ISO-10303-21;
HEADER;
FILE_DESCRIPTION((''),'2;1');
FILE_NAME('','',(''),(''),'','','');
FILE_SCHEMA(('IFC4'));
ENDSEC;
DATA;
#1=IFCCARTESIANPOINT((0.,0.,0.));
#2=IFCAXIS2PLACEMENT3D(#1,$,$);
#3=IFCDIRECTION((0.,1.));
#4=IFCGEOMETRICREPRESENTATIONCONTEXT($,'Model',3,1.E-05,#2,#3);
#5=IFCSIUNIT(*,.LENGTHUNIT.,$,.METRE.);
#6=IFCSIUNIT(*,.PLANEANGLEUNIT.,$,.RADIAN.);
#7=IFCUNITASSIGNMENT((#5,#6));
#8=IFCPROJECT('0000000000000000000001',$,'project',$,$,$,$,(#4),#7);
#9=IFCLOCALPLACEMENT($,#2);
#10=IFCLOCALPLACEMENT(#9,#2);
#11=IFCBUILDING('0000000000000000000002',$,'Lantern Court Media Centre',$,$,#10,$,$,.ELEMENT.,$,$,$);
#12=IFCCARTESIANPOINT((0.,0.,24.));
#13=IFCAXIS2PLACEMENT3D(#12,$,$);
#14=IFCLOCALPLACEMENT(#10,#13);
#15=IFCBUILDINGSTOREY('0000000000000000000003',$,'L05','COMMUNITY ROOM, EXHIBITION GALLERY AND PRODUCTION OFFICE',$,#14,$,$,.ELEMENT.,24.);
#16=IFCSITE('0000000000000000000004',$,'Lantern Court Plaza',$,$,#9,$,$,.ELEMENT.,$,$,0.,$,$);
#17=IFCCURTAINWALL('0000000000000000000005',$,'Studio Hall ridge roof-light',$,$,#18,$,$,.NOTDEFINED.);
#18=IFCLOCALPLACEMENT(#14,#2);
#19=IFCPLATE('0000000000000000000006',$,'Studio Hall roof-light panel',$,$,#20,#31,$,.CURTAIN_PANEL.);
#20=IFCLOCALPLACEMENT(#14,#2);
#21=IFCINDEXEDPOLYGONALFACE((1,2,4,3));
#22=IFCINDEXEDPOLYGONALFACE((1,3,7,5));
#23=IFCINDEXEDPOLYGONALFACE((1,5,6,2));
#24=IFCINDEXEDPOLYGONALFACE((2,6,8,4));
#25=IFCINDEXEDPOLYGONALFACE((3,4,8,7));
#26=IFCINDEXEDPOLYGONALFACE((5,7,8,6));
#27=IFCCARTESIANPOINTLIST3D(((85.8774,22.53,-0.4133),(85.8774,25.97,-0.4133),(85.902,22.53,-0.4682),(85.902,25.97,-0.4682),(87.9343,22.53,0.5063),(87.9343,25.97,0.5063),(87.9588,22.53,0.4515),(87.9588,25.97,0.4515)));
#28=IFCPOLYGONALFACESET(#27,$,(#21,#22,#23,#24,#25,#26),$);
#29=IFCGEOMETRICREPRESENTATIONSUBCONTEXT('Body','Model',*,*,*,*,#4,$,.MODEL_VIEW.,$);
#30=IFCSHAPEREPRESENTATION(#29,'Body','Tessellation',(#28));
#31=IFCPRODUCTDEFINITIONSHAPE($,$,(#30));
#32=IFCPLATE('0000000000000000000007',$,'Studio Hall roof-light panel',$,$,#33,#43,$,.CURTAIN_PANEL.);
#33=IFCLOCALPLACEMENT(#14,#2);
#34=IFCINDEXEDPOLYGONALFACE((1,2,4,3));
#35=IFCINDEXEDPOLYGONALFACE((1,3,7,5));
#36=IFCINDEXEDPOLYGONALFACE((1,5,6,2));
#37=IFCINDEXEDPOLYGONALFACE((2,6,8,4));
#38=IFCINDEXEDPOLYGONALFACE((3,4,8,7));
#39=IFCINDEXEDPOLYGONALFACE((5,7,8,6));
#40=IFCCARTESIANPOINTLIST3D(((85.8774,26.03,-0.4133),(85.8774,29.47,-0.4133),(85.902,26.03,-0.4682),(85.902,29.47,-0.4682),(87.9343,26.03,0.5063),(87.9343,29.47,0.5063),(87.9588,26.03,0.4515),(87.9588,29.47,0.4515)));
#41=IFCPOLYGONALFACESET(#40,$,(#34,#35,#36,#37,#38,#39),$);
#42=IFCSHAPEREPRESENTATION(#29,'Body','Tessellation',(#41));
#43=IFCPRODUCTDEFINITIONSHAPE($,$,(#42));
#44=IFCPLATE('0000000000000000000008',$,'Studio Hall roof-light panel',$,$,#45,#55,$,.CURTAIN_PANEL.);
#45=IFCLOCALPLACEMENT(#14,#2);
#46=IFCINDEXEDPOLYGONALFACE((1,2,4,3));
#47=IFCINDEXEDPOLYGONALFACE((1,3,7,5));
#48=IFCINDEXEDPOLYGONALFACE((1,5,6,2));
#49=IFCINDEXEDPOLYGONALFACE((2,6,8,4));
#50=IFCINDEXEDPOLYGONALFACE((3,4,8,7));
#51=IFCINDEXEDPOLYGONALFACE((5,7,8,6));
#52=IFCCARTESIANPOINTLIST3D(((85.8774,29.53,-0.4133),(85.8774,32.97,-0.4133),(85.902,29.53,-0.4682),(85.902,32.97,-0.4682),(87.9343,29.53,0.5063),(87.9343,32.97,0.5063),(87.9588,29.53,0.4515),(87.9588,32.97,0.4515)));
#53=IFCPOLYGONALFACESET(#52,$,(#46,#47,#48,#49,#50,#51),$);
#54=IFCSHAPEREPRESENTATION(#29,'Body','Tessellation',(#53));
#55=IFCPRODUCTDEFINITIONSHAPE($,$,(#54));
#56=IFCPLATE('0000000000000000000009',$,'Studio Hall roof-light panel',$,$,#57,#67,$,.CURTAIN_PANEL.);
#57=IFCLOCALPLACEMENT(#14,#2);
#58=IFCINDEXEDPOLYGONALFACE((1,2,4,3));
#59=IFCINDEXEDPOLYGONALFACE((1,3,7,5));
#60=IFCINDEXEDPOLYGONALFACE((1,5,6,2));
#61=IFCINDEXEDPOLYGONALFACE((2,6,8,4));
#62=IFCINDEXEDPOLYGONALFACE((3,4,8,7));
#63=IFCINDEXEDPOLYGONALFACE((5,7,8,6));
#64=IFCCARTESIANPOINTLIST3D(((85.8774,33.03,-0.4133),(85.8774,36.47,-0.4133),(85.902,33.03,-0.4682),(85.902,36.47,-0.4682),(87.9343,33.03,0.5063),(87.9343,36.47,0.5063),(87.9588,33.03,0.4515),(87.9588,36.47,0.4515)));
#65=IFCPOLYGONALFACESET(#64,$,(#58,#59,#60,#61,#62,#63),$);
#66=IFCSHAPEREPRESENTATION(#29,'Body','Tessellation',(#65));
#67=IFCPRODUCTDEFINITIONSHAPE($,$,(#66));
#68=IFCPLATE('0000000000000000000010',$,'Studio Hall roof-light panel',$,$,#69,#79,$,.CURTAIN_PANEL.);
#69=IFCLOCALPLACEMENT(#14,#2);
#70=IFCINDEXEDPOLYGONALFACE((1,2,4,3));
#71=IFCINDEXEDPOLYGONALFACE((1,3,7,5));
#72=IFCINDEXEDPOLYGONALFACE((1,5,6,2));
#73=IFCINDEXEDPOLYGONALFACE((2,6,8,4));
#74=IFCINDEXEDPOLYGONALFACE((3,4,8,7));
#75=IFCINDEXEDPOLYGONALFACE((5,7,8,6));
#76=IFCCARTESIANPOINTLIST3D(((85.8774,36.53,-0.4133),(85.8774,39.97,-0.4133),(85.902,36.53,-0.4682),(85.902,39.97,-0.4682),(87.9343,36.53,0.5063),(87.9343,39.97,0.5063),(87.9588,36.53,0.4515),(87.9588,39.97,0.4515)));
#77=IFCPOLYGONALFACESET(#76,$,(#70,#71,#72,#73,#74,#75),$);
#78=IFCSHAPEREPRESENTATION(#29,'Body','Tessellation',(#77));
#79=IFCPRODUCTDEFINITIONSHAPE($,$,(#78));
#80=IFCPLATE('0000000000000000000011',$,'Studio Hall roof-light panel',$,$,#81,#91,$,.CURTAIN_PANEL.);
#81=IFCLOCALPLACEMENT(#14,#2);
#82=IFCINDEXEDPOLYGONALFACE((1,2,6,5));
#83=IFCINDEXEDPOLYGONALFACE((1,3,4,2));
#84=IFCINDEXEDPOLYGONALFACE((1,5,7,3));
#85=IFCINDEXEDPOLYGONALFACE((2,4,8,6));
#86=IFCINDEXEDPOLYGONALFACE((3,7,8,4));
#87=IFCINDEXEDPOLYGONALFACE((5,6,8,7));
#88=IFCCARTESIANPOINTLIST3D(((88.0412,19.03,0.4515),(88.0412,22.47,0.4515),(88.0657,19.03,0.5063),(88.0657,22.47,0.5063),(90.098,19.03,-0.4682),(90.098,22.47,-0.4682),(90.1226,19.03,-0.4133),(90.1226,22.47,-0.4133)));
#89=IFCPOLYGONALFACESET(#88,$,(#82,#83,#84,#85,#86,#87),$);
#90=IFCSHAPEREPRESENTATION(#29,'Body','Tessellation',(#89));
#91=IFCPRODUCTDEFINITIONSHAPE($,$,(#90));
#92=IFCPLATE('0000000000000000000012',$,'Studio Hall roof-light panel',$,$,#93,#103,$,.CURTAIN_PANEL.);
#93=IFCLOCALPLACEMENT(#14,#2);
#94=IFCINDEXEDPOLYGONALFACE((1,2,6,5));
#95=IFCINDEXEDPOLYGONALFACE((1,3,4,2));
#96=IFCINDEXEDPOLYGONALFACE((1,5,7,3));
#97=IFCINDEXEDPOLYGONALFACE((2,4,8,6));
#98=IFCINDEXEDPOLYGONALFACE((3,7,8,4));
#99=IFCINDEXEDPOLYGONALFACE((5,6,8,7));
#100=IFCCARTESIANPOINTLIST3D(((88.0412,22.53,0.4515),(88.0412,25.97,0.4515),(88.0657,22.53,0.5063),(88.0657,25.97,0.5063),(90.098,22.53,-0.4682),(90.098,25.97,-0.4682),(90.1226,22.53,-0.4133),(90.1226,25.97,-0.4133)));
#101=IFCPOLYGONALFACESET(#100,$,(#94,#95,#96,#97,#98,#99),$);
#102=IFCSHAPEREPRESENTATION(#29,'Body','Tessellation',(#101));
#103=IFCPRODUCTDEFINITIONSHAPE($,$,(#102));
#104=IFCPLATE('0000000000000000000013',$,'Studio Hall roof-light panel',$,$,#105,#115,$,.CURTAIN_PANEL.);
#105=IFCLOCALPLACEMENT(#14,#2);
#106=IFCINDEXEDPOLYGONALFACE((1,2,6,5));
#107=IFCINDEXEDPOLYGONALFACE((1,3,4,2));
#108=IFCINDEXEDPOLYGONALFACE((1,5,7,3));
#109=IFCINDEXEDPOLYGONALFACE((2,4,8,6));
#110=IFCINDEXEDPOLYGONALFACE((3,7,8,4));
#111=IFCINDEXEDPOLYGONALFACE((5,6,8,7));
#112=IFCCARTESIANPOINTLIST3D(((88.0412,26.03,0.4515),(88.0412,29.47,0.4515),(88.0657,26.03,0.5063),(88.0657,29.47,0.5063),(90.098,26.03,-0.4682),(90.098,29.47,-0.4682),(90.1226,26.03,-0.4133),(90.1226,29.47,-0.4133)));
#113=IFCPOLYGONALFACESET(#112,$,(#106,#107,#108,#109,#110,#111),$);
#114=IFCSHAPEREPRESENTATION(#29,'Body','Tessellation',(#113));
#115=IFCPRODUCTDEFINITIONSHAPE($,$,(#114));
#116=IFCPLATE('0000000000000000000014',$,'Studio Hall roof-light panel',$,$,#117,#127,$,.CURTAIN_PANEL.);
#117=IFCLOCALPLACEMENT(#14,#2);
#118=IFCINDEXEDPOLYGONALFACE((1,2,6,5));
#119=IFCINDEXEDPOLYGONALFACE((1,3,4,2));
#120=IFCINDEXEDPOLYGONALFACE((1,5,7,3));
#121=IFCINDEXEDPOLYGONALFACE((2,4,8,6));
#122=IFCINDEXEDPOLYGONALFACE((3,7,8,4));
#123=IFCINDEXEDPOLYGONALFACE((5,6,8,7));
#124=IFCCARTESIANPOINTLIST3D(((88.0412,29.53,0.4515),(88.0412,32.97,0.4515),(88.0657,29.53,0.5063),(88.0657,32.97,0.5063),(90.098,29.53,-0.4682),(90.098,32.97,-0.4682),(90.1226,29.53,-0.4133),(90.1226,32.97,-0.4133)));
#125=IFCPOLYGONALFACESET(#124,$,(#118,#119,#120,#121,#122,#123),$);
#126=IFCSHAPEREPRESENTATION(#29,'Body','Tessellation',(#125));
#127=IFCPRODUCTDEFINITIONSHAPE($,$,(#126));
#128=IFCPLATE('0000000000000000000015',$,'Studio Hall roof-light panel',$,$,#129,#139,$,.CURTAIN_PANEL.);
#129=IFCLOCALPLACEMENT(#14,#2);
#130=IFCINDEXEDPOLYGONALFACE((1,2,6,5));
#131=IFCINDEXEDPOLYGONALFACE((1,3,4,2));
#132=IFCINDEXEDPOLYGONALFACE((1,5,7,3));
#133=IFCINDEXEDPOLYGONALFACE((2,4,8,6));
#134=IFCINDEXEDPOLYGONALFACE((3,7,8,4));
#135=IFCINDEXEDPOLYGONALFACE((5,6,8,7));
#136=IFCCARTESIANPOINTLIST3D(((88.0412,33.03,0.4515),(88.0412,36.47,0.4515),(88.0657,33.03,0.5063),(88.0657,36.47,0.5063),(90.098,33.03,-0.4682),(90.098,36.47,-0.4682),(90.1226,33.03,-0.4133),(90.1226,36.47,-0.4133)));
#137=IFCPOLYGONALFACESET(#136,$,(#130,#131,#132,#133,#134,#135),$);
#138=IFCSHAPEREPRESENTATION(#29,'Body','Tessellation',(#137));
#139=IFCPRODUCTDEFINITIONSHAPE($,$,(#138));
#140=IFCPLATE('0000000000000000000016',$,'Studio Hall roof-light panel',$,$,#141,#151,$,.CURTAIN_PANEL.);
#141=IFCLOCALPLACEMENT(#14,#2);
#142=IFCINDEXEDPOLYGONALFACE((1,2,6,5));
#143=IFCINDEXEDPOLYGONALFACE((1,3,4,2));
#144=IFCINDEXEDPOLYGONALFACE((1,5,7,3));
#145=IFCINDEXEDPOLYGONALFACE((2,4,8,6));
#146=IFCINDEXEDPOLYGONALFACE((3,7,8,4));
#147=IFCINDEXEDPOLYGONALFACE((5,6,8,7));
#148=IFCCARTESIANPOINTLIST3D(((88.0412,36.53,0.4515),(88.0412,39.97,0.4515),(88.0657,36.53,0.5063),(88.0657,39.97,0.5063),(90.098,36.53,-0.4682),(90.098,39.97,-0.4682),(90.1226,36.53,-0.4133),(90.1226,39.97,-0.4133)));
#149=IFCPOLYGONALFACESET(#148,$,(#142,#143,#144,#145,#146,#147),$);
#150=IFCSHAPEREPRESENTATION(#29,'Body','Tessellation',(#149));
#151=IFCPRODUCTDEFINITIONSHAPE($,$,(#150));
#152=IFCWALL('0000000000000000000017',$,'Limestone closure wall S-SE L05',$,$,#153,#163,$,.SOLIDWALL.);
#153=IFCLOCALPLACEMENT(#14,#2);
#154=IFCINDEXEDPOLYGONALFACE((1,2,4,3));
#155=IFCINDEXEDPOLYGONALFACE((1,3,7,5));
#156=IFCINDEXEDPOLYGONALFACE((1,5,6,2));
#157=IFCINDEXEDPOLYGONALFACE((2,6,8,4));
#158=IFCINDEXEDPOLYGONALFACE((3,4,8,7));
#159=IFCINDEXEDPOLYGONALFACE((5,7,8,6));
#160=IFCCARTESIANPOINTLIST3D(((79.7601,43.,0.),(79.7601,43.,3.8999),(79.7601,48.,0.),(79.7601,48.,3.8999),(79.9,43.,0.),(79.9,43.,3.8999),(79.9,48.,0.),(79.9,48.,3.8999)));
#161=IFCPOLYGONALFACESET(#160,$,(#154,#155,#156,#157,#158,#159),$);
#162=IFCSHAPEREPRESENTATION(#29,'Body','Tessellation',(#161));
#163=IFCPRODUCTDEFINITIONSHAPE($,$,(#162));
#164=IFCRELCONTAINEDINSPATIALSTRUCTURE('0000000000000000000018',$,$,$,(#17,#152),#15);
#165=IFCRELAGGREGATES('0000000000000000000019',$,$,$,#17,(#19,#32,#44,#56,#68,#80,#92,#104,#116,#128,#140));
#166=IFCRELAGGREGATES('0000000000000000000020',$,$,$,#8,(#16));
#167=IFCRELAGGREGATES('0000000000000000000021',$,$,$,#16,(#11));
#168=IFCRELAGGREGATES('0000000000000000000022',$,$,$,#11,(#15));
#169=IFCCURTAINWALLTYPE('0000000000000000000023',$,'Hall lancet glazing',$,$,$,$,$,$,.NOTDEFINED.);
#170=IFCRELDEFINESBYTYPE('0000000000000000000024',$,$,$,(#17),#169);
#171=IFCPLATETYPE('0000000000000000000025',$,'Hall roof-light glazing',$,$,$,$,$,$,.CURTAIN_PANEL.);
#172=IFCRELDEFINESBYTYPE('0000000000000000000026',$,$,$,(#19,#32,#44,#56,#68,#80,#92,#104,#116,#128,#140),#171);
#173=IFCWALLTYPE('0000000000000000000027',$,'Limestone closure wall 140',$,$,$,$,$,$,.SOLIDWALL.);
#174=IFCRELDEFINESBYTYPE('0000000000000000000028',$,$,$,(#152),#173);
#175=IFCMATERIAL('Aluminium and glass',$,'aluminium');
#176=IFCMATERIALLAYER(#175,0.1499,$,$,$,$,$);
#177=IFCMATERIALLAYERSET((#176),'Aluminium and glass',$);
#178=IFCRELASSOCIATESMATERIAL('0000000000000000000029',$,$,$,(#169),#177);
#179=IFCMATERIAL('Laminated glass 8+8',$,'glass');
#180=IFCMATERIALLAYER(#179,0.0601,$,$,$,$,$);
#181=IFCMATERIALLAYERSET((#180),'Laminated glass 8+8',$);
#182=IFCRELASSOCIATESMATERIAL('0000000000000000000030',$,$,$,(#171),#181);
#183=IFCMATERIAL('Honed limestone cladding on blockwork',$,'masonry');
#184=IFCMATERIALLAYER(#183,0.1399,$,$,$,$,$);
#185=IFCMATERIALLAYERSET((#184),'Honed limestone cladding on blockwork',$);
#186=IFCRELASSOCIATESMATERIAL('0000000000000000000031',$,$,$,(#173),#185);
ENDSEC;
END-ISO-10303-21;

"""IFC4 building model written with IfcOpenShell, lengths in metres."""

from ifc_helpers import new_model, si_unit, direction, frame, frame_2d, origin, place, context, subcontext, project, spatial, polyline, rectangle, outline, extrude, material, layer, layer_set, type_object, element, aggregate, save


model = new_model("IFC4")

# Units and contexts
model_context = context("Model", 3, precision=1e-05, world=origin(), true_north=direction((0.0, 1.0)))
body_context = subcontext(model_context, "Body", "Model", "MODEL_VIEW")
ifc_project = project(units=[si_unit("LENGTHUNIT", "METRE"), si_unit("PLANEANGLEUNIT", "RADIAN")], contexts=[model_context])

# Site, building, storey
site_placement = place(None, origin())
site = spatial("IfcSite", under=ifc_project, at=site_placement, Name="Lantern Court Plaza", CompositionType="ELEMENT", RefElevation=0.0)
building_placement = place(site_placement, origin())
building = spatial("IfcBuilding", under=site, at=building_placement, Name="Lantern Court Media Centre", CompositionType="ELEMENT")
storey_placement = place(building_placement, frame((0.0, 0.0, 24.0)))
storey = spatial("IfcBuildingStorey", under=building, at=storey_placement, Name="L05", Description="COMMUNITY ROOM, EXHIBITION GALLERY AND PRODUCTION OFFICE", CompositionType="ELEMENT", Elevation=24.0)

# Curtain wall, plates
ifc_material_1 = material(Name="Aluminium and glass", Category="aluminium")
ifc_layer_1 = layer(ifc_material_1, 0.1499)
ifc_layer_set_1 = layer_set([ifc_layer_1], Name="Aluminium and glass")
curtain_wall_type = type_object("IfcCurtainWallType", Name="Hall lancet glazing", PredefinedType="NOTDEFINED", material=ifc_layer_set_1)
curtain_wall_placement = place(storey_placement, origin())
curtain_wall = element("IfcCurtainWall", 1, at=curtain_wall_placement, inside=storey, type_object=curtain_wall_type, Name="Studio Hall ridge roof-light", PredefinedType="NOTDEFINED")
placement = place(building_placement, frame((0.0, 0.0, 19.2)))
ifc_material_2 = material(Name="Laminated glass 8+8", Category="glass")
ifc_layer_2 = layer(ifc_material_2, 0.0601)
ifc_layer_set_2 = layer_set([ifc_layer_2], Name="Laminated glass 8+8")
plate_type = type_object("IfcPlateType", Name="Hall roof-light glazing", PredefinedType="CURTAIN_PANEL", material=ifc_layer_set_2)
plate_1_placement = place(placement, frame((85.8774, 22.53, 4.3867), z_axis=(-0.408178, 0.0, 0.912902), x_axis=(0.912902, 0.0, 0.408178)))
plate_1 = element("IfcPlate", 2, at=plate_1_placement, type_object=plate_type, Name="Studio Hall roof-light panel", PredefinedType="CURTAIN_PANEL", context=body_context, shape_type="SweptSolid", body=[
    extrude(outline(polyline([(0.0, 0.0), (2.2531, 0.0), (2.2531, 3.4399), (0.0, 3.4399), (0.0, 0.0)])), origin(), (0.0, 0.0, -1.0), 0.0601),
])
plate_2_placement = place(placement, frame((85.8774, 26.03, 4.3867), z_axis=(-0.408178, 0.0, 0.912902), x_axis=(0.912902, 0.0, 0.408178)))
plate_2 = element("IfcPlate", 3, at=plate_2_placement, type_object=plate_type, Name="Studio Hall roof-light panel", PredefinedType="CURTAIN_PANEL", context=body_context, shape_type="SweptSolid", body=[
    extrude(outline(polyline([(0.0, 0.0), (2.2531, 0.0), (2.2531, 3.4399), (0.0, 3.4399), (0.0, 0.0)])), origin(), (0.0, 0.0, -1.0), 0.0601),
])
plate_3_placement = place(placement, frame((85.8774, 29.53, 4.3867), z_axis=(-0.408178, 0.0, 0.912902), x_axis=(0.912902, 0.0, 0.408178)))
plate_3 = element("IfcPlate", 4, at=plate_3_placement, type_object=plate_type, Name="Studio Hall roof-light panel", PredefinedType="CURTAIN_PANEL", context=body_context, shape_type="SweptSolid", body=[
    extrude(outline(polyline([(0.0, 0.0), (2.2531, 0.0), (2.2531, 3.4399), (0.0, 3.4399), (0.0, 0.0)])), origin(), (0.0, 0.0, -1.0), 0.0601),
])
plate_4_placement = place(placement, frame((85.8774, 33.03, 4.3867), z_axis=(-0.408178, 0.0, 0.912902), x_axis=(0.912902, 0.0, 0.408178)))
plate_4 = element("IfcPlate", 5, at=plate_4_placement, type_object=plate_type, Name="Studio Hall roof-light panel", PredefinedType="CURTAIN_PANEL", context=body_context, shape_type="SweptSolid", body=[
    extrude(outline(polyline([(0.0, 0.0), (2.2531, 0.0), (2.2531, 3.4399), (0.0, 3.4399), (0.0, 0.0)])), origin(), (0.0, 0.0, -1.0), 0.0601),
])
plate_5_placement = place(placement, frame((85.8774, 36.53, 4.3867), z_axis=(-0.408178, 0.0, 0.912902), x_axis=(0.912902, 0.0, 0.408178)))
plate_5 = element("IfcPlate", 6, at=plate_5_placement, type_object=plate_type, Name="Studio Hall roof-light panel", PredefinedType="CURTAIN_PANEL", context=body_context, shape_type="SweptSolid", body=[
    extrude(outline(polyline([(0.0, 0.0), (2.2531, 0.0), (2.2531, 3.4399), (0.0, 3.4399), (0.0, 0.0)])), origin(), (0.0, 0.0, -1.0), 0.0601),
])
plate_6_placement = place(storey_placement, frame((88.0657, 19.03, 0.5063), z_axis=(0.408178, 0.0, 0.912902), x_axis=(0.912902, 0.0, -0.408178)))
plate_6 = element("IfcPlate", 7, at=plate_6_placement, type_object=plate_type, Name="Studio Hall roof-light panel", PredefinedType="CURTAIN_PANEL", context=body_context, shape_type="SweptSolid", body=[
    extrude(outline(polyline([(0.0, 0.0), (2.2531, 0.0), (2.2531, 3.4399), (0.0, 3.4399), (0.0, 0.0)])), origin(), (0.0, 0.0, -1.0), 0.0601),
])
plate_7_placement = place(storey_placement, frame((88.0657, 22.53, 0.5063), z_axis=(0.408178, 0.0, 0.912902), x_axis=(0.912902, 0.0, -0.408178)))
plate_7 = element("IfcPlate", 8, at=plate_7_placement, type_object=plate_type, Name="Studio Hall roof-light panel", PredefinedType="CURTAIN_PANEL", context=body_context, shape_type="SweptSolid", body=[
    extrude(outline(polyline([(0.0, 0.0), (2.2531, 0.0), (2.2531, 3.4399), (0.0, 3.4399), (0.0, 0.0)])), origin(), (0.0, 0.0, -1.0), 0.0601),
])
plate_8_placement = place(storey_placement, frame((88.0657, 26.03, 0.5063), z_axis=(0.408178, 0.0, 0.912902), x_axis=(0.912902, 0.0, -0.408178)))
plate_8 = element("IfcPlate", 9, at=plate_8_placement, type_object=plate_type, Name="Studio Hall roof-light panel", PredefinedType="CURTAIN_PANEL", context=body_context, shape_type="SweptSolid", body=[
    extrude(outline(polyline([(0.0, 0.0), (2.2531, 0.0), (2.2531, 3.4399), (0.0, 3.4399), (0.0, 0.0)])), origin(), (0.0, 0.0, -1.0), 0.0601),
])
plate_9_placement = place(storey_placement, frame((88.0657, 29.53, 0.5063), z_axis=(0.408178, 0.0, 0.912902), x_axis=(0.912902, 0.0, -0.408178)))
plate_9 = element("IfcPlate", 10, at=plate_9_placement, type_object=plate_type, Name="Studio Hall roof-light panel", PredefinedType="CURTAIN_PANEL", context=body_context, shape_type="SweptSolid", body=[
    extrude(outline(polyline([(0.0, 0.0), (2.2531, 0.0), (2.2531, 3.4399), (0.0, 3.4399), (0.0, 0.0)])), origin(), (0.0, 0.0, -1.0), 0.0601),
])
plate_10_placement = place(storey_placement, frame((88.0657, 33.03, 0.5063), z_axis=(0.408178, 0.0, 0.912902), x_axis=(0.912902, 0.0, -0.408178)))
plate_10 = element("IfcPlate", 11, at=plate_10_placement, type_object=plate_type, Name="Studio Hall roof-light panel", PredefinedType="CURTAIN_PANEL", context=body_context, shape_type="SweptSolid", body=[
    extrude(outline(polyline([(0.0, 0.0), (2.2531, 0.0), (2.2531, 3.4399), (0.0, 3.4399), (0.0, 0.0)])), origin(), (0.0, 0.0, -1.0), 0.0601),
])
plate_11_placement = place(storey_placement, frame((88.0657, 36.53, 0.5063), z_axis=(0.408178, 0.0, 0.912902), x_axis=(0.912902, 0.0, -0.408178)))
plate_11 = element("IfcPlate", 12, at=plate_11_placement, type_object=plate_type, Name="Studio Hall roof-light panel", PredefinedType="CURTAIN_PANEL", context=body_context, shape_type="SweptSolid", body=[
    extrude(outline(polyline([(0.0, 0.0), (2.2531, 0.0), (2.2531, 3.4399), (0.0, 3.4399), (0.0, 0.0)])), origin(), (0.0, 0.0, -1.0), 0.0601),
])
aggregate(curtain_wall, [plate_1, plate_2, plate_3, plate_4, plate_5, plate_6, plate_7, plate_8, plate_9, plate_10, plate_11])

# Wall
ifc_material_3 = material(Name="Honed limestone cladding on blockwork", Category="masonry")
ifc_layer_3 = layer(ifc_material_3, 0.1399)
ifc_layer_set_3 = layer_set([ifc_layer_3], Name="Honed limestone cladding on blockwork")
wall_type = type_object("IfcWallType", Name="Limestone closure wall 140", PredefinedType="SOLIDWALL", material=ifc_layer_set_3)
wall_placement = place(storey_placement, frame((79.8301, 43.0, 0.0), z_axis=(0.0, 0.0, 1.0), x_axis=(0.0, 1.0, 0.0)))
element("IfcWall", 13, at=wall_placement, inside=storey, type_object=wall_type, Name="Limestone closure wall S-SE L05", PredefinedType="SOLIDWALL", context=body_context, shape_type="SweptSolid", body=[
    extrude(rectangle(XDim=5.0, YDim=0.1399, at=frame_2d((2.5, 0.0))), origin(), (0.0, 0.0, 1.0), 3.8999),
])

save(model, "model.ifc")
